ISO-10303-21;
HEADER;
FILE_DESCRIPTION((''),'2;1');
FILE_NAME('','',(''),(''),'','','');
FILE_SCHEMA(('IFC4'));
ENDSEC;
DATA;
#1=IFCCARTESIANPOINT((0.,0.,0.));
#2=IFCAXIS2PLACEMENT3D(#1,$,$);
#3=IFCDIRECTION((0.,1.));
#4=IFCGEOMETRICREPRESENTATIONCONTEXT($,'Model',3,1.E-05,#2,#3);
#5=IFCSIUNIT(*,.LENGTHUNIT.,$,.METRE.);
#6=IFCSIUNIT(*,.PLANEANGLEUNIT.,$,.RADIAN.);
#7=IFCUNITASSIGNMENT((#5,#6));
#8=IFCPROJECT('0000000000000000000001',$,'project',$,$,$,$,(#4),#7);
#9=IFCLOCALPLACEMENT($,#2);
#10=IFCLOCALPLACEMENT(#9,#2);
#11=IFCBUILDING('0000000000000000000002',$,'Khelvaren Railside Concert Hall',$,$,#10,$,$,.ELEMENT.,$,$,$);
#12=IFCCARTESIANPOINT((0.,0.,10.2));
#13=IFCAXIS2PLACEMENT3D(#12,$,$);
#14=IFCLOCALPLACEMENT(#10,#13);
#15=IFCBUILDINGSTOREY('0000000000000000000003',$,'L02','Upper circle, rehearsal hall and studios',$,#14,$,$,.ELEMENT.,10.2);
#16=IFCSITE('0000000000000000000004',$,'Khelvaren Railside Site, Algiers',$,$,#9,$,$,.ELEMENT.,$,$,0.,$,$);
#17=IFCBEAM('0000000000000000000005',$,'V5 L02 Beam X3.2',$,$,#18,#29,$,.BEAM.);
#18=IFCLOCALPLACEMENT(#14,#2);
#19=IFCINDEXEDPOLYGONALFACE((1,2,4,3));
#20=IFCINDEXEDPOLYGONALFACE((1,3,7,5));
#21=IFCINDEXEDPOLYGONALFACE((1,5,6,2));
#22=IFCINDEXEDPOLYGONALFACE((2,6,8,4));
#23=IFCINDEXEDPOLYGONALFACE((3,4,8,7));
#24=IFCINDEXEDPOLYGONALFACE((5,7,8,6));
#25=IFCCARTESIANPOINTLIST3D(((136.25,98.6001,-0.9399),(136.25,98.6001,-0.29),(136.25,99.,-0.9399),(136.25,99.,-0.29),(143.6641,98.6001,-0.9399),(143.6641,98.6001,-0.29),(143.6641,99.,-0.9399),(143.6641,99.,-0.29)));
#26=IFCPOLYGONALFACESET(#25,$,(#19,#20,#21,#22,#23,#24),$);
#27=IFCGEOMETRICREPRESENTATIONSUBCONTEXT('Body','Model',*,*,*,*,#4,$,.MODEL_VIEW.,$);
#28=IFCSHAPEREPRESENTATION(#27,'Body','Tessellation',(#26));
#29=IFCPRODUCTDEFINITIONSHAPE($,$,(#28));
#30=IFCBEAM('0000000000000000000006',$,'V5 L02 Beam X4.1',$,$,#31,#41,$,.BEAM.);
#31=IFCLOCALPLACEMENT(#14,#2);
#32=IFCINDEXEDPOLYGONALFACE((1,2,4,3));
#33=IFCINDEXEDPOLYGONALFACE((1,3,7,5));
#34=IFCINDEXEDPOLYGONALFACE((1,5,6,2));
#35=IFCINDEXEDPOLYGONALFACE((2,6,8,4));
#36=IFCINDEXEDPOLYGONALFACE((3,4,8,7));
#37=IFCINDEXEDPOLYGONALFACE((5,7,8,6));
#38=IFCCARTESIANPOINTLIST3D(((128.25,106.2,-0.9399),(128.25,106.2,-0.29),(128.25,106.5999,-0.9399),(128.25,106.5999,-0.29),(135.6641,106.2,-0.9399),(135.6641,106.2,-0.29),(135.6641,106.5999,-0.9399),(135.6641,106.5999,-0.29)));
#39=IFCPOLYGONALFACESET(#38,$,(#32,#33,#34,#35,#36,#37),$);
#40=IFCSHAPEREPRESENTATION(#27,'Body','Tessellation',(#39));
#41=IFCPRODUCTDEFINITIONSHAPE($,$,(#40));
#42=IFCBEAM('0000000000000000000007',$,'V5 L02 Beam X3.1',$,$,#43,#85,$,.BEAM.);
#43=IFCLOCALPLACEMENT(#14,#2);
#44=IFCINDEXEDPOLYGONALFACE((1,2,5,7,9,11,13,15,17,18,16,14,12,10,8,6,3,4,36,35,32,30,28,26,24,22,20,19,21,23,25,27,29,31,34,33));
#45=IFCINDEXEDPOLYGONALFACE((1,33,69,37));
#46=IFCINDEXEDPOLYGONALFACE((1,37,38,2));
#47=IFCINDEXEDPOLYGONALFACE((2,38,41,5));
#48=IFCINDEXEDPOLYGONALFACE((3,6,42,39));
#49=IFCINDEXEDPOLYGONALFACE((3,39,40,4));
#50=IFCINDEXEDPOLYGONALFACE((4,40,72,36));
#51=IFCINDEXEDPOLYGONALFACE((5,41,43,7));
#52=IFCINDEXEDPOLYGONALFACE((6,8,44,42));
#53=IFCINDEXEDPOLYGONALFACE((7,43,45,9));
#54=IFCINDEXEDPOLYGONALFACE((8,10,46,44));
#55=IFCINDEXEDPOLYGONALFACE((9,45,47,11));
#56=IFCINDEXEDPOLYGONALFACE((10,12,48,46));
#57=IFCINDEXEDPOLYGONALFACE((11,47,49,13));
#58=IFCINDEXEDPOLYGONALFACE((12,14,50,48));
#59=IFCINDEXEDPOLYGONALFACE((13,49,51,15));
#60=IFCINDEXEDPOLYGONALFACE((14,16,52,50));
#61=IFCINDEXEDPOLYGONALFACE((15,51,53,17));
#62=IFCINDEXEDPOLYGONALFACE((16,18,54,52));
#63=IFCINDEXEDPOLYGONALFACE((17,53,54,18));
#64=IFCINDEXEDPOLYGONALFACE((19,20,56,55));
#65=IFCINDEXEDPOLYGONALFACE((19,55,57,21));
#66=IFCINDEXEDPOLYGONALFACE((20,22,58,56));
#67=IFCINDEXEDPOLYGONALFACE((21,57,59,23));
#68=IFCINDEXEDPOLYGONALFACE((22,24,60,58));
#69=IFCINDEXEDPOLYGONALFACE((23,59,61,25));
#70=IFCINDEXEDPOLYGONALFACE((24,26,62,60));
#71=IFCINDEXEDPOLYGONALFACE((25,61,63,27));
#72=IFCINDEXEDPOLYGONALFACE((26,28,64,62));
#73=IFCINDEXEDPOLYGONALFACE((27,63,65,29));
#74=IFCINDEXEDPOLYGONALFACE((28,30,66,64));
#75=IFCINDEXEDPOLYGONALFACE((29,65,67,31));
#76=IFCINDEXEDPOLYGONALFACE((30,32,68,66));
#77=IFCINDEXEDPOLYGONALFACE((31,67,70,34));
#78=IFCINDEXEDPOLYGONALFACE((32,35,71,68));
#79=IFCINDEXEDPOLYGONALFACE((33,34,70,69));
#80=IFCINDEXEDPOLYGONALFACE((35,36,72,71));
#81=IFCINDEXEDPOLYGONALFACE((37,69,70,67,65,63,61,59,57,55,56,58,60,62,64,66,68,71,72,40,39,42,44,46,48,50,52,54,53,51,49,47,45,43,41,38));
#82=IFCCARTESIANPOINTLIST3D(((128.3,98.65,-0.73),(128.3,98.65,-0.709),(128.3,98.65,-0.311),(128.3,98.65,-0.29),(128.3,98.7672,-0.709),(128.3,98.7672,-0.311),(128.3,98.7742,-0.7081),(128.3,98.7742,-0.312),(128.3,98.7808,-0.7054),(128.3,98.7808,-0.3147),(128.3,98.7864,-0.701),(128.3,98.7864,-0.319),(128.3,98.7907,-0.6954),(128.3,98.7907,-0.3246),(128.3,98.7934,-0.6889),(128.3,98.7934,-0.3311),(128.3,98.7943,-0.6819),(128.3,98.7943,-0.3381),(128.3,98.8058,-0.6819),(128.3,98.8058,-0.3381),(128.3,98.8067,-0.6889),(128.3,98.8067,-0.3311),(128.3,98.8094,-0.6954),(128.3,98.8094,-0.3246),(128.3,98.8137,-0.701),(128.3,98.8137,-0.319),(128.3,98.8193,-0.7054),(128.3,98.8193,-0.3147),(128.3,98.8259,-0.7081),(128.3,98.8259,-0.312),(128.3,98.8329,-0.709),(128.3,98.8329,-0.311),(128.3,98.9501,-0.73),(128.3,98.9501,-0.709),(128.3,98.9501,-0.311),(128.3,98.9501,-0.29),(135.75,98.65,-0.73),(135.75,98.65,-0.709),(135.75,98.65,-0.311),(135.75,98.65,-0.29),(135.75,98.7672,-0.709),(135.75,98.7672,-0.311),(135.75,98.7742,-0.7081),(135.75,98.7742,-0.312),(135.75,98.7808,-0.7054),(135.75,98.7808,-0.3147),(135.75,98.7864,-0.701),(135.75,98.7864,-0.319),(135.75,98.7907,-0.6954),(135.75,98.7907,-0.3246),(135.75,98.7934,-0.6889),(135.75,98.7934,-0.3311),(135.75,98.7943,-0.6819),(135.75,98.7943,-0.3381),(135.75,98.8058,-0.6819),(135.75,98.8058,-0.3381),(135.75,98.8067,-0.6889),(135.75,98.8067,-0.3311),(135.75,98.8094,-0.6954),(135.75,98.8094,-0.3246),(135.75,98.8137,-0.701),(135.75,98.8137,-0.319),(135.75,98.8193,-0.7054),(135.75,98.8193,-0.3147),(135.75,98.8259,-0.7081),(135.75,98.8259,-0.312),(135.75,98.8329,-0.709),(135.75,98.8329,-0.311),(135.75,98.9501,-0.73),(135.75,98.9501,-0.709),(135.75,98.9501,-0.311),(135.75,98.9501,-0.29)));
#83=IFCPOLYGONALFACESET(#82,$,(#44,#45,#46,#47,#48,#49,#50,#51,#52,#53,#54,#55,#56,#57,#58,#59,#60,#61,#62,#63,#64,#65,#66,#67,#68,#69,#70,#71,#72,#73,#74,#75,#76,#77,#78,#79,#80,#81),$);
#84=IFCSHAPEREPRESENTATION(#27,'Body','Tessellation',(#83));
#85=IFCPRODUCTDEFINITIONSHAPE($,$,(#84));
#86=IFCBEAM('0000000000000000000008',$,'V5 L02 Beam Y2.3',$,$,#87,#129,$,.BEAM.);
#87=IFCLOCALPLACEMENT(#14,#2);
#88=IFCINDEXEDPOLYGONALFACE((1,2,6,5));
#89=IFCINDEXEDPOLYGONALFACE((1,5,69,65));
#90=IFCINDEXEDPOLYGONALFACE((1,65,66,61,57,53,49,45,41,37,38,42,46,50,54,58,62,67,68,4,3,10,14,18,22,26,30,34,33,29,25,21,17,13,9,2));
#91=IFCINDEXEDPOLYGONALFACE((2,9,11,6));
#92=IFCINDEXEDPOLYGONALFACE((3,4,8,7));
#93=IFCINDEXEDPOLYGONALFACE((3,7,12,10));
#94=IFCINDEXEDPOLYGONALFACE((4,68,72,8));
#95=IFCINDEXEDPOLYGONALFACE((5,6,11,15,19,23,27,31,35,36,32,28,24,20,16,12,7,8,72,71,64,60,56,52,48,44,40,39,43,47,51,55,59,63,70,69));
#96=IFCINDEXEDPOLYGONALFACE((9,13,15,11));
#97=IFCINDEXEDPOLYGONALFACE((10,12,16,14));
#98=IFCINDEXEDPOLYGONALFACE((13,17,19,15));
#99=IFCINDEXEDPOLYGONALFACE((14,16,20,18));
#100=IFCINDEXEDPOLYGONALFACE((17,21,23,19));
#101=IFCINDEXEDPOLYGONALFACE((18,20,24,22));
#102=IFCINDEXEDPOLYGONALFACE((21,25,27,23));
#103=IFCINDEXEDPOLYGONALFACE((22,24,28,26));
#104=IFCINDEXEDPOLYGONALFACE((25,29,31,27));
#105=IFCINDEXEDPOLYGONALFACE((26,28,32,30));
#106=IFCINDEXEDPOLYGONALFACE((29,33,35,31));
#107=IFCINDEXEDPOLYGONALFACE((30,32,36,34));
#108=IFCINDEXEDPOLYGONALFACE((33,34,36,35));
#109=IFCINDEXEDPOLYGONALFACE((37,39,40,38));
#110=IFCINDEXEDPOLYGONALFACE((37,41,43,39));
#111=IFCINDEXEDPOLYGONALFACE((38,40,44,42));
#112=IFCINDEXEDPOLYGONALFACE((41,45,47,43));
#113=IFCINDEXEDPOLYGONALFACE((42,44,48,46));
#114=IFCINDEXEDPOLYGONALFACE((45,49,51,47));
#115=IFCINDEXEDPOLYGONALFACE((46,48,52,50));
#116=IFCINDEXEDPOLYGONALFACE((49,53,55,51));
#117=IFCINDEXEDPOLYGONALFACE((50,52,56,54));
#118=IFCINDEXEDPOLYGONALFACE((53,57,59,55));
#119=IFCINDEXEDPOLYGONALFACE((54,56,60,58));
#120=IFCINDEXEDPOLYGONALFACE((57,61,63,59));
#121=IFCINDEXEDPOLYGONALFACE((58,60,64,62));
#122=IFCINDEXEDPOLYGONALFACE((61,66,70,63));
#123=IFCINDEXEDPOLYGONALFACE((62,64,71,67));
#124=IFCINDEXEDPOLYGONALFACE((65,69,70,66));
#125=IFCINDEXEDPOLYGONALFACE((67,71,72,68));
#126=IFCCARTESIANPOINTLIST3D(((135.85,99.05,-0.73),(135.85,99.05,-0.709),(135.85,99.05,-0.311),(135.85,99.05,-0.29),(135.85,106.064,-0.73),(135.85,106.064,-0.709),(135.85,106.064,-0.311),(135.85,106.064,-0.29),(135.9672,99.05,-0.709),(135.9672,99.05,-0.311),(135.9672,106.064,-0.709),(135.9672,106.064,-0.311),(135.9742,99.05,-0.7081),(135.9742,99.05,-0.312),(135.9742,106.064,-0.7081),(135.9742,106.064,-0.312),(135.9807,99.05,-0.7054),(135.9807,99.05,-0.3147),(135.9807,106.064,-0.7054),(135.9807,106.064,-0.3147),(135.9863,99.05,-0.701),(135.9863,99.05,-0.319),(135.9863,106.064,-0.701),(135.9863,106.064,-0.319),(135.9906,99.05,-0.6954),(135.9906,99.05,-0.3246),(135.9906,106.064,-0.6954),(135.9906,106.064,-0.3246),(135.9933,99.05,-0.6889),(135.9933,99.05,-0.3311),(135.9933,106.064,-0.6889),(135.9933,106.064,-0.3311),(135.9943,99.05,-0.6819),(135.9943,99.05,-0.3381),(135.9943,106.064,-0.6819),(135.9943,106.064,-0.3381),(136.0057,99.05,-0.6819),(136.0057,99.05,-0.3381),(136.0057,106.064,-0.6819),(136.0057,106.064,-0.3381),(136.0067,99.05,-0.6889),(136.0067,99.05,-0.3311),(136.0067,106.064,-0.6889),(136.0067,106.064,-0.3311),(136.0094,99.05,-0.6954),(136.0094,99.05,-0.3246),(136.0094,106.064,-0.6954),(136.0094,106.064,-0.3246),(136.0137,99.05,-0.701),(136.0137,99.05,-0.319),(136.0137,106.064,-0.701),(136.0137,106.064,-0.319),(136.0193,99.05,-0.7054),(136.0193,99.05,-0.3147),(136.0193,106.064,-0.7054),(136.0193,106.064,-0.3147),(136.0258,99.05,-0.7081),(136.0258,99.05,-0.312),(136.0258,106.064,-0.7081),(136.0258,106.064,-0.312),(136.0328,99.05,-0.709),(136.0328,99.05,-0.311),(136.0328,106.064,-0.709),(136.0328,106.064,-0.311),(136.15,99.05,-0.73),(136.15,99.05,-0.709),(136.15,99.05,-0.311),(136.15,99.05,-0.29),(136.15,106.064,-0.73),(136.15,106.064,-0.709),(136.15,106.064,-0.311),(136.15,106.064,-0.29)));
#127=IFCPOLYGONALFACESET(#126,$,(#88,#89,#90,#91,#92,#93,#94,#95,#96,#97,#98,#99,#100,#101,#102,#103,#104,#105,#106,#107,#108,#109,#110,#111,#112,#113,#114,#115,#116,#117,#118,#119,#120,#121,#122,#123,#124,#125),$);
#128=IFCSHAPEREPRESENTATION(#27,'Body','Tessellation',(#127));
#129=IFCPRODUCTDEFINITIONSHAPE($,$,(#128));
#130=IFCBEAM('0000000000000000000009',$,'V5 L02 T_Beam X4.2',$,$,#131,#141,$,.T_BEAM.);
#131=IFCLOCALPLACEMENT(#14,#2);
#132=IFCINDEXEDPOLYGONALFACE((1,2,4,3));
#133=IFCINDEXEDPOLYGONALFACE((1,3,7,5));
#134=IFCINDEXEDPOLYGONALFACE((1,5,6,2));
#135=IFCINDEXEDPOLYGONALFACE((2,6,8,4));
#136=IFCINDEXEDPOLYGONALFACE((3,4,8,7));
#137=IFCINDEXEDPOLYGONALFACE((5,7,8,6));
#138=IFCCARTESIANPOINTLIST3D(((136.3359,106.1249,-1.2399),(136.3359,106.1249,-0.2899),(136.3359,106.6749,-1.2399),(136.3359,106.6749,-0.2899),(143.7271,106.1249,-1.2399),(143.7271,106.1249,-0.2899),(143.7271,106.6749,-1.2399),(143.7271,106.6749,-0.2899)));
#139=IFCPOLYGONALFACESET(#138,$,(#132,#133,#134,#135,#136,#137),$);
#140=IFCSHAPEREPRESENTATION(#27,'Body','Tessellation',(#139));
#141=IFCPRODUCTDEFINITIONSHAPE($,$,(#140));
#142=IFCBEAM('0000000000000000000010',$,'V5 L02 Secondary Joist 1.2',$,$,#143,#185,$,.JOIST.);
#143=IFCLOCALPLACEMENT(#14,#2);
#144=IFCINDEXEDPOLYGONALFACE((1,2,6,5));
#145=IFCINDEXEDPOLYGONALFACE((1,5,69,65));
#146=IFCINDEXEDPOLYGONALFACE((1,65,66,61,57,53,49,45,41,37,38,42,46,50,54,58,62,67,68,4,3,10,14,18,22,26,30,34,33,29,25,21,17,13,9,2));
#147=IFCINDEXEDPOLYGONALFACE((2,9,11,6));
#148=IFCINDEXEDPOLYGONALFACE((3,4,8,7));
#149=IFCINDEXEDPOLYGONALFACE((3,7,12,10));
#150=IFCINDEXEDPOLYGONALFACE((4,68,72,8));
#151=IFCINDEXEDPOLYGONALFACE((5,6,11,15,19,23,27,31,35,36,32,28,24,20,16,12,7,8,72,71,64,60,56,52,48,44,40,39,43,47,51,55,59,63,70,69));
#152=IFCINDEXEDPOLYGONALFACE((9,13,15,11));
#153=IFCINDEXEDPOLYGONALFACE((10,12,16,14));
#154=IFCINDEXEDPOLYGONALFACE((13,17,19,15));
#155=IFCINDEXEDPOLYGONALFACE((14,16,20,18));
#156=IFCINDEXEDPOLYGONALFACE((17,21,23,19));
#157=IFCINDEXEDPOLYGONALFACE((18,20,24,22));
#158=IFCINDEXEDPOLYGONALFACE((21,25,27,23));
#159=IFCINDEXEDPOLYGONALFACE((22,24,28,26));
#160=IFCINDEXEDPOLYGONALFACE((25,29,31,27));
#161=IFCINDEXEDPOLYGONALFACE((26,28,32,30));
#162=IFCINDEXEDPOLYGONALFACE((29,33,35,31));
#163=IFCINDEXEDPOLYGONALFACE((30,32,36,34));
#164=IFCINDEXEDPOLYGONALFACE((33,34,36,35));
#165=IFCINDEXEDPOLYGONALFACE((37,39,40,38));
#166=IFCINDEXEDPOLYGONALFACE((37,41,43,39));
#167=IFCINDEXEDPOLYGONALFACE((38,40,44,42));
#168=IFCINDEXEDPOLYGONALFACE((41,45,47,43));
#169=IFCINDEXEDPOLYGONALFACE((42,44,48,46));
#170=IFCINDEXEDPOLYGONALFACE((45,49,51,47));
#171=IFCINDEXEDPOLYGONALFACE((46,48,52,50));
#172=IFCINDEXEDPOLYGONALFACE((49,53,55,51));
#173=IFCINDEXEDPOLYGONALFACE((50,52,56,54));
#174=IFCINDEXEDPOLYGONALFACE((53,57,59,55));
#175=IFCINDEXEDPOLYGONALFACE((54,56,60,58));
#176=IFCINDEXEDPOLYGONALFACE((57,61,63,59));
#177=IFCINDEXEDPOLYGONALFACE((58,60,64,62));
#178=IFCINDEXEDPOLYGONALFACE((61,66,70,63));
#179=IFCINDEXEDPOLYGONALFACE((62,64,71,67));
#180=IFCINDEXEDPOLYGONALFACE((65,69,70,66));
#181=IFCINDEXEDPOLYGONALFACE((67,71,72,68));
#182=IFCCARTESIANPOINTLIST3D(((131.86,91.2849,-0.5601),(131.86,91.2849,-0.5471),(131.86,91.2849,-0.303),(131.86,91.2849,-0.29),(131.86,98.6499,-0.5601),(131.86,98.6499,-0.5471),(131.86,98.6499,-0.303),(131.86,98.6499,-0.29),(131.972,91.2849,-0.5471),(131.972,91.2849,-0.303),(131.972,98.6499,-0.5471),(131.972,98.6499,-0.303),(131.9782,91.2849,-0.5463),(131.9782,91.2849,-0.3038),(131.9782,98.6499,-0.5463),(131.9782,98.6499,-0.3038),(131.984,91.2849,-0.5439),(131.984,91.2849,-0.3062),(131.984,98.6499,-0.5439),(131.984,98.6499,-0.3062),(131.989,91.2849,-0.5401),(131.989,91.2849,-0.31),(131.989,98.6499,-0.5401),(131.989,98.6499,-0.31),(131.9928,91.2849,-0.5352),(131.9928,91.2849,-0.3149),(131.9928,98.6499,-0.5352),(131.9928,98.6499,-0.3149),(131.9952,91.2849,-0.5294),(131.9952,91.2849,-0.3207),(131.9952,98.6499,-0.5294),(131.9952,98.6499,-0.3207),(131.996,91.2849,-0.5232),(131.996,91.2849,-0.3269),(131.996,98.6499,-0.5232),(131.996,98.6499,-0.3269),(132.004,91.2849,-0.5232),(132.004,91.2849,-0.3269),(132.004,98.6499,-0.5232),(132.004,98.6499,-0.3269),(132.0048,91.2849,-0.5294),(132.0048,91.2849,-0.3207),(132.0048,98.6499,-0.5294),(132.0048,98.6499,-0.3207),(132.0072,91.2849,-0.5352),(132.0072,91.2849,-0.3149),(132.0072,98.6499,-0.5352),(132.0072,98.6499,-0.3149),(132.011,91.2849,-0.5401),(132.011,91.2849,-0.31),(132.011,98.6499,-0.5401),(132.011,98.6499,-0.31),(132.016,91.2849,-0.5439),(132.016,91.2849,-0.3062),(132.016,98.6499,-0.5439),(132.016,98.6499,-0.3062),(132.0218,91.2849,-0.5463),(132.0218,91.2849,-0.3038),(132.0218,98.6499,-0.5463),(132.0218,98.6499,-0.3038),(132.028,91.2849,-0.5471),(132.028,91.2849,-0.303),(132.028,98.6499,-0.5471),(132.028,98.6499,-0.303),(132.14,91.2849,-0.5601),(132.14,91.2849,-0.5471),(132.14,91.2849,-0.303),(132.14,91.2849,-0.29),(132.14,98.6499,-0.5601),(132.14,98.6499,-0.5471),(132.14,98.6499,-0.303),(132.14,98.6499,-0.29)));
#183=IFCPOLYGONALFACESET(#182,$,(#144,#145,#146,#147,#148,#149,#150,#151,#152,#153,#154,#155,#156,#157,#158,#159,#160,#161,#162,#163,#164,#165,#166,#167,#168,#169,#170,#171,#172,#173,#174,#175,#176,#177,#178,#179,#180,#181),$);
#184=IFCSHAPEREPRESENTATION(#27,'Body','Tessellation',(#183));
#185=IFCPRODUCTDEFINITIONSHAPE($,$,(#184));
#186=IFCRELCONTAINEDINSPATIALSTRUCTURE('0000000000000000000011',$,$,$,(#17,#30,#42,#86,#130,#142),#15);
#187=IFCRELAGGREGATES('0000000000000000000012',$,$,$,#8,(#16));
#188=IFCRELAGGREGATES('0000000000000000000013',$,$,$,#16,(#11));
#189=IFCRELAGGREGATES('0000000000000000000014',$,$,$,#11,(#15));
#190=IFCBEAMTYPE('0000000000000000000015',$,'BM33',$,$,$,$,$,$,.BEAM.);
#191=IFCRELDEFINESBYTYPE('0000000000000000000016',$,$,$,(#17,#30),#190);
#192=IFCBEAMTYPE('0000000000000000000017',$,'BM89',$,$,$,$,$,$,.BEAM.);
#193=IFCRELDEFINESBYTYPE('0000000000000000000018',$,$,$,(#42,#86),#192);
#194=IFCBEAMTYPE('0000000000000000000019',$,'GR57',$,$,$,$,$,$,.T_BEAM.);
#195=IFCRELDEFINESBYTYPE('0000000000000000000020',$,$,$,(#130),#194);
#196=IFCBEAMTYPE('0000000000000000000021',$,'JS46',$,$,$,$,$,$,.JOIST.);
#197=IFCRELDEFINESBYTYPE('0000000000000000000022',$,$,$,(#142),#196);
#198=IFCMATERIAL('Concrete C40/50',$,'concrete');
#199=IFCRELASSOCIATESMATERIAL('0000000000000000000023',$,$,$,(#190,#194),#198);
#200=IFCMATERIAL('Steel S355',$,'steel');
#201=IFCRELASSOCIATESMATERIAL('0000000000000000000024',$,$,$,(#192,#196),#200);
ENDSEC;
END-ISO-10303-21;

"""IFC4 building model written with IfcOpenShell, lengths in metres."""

from ifc_helpers import new_model, si_unit, direction, frame, origin, origin_2d, place, context, subcontext, project, spatial, rectangle, i_section, extrude, material, material_profile, profile_set, type_object, element, save


model = new_model("IFC4")

# Units and contexts
model_context = context("Model", 3, precision=1e-05, world=origin(), true_north=direction((0.0, 1.0)))
body_context = subcontext(model_context, "Body", "Model", "MODEL_VIEW")
ifc_project = project(units=[si_unit("LENGTHUNIT", "METRE"), si_unit("PLANEANGLEUNIT", "RADIAN")], contexts=[model_context])

# Site, building, storey
site_placement = place(None, origin())
site = spatial("IfcSite", under=ifc_project, at=site_placement, Name="Khelvaren Railside Site, Algiers", CompositionType="ELEMENT", RefElevation=0.0)
building_placement = place(site_placement, origin())
building = spatial("IfcBuilding", under=site, at=building_placement, Name="Khelvaren Railside Concert Hall", CompositionType="ELEMENT")
storey_placement = place(building_placement, frame((0.0, 0.0, 10.2)))
storey = spatial("IfcBuildingStorey", under=building, at=storey_placement, Name="L02", Description="Upper circle, rehearsal hall and studios", CompositionType="ELEMENT", Elevation=10.2)

# Beams
ifc_material_1 = material(Name="Steel S355", Category="steel")
ifc_material_2 = material(Name="Concrete C40/50", Category="concrete")
ifc_material_profile_1 = material_profile(ifc_material_2, rectangle(XDim=0.3999, YDim=0.6499, at=origin_2d()), Name="RCB 400x650")
ifc_profile_set_1 = profile_set([ifc_material_profile_1], Name="Concrete C40/50")
beam_type_1 = type_object("IfcBeamType", Name="BM33", PredefinedType="BEAM", material=ifc_profile_set_1)
for number, where, z_axis, x_axis, name in (
    (1, (136.25, 98.8, -0.615), (1.0, 0.0, 0.0), (0.0, 1.0, 0.0), "V5 L02 Beam X3.2"),
    (2, (128.25, 106.3999, -0.615), (1.0, 0.0, 0.0), (0.0, 1.0, 0.0), "V5 L02 Beam X4.1"),
):
    element("IfcBeam", number, at=place(storey_placement, frame(where, z_axis=z_axis, x_axis=x_axis)), inside=storey, type_object=beam_type_1, Name=name, PredefinedType="BEAM", context=body_context, shape_type="SweptSolid", body=[
        extrude(rectangle(XDim=0.3999, YDim=0.6499, at=origin_2d()), origin(), (0.0, 0.0, 1.0), 7.4141),
    ])
ifc_material_profile_2 = material_profile(ifc_material_1, i_section(OverallWidth=0.3, OverallDepth=0.4399, WebThickness=0.0115, FlangeThickness=0.021, FilletRadius=0.0271, at=origin_2d()), Name="HEA 450")
ifc_profile_set_2 = profile_set([ifc_material_profile_2], Name="Steel S355")
beam_type_2 = type_object("IfcBeamType", Name="BM89", PredefinedType="BEAM", material=ifc_profile_set_2)
beam_1_placement = place(storey_placement, frame((128.3, 98.8, -0.51), z_axis=(1.0, 0.0, 0.0), x_axis=(0.0, 1.0, 0.0)))
element("IfcBeam", 3, at=beam_1_placement, inside=storey, type_object=beam_type_2, Name="V5 L02 Beam X3.1", PredefinedType="BEAM", context=body_context, shape_type="SweptSolid", body=[
    extrude(i_section(OverallWidth=0.3, OverallDepth=0.4399, WebThickness=0.0115, FlangeThickness=0.021, FilletRadius=0.0271, at=origin_2d()), origin(), (0.0, 0.0, 1.0), 7.45),
])
beam_2_placement = place(storey_placement, frame((136.0, 99.05, -0.51), z_axis=(0.0, 1.0, 0.0), x_axis=(-1.0, 0.0, 0.0)))
element("IfcBeam", 4, at=beam_2_placement, inside=storey, type_object=beam_type_2, Name="V5 L02 Beam Y2.3", PredefinedType="BEAM", context=body_context, shape_type="SweptSolid", body=[
    extrude(i_section(OverallWidth=0.3, OverallDepth=0.4399, WebThickness=0.0115, FlangeThickness=0.021, FilletRadius=0.0271, at=origin_2d()), origin(), (0.0, 0.0, 1.0), 7.0139),
])
ifc_material_profile_3 = material_profile(ifc_material_2, rectangle(XDim=0.55, YDim=0.95, at=origin_2d()), Name="RCB 550x950")
ifc_profile_set_3 = profile_set([ifc_material_profile_3], Name="Concrete C40/50")
beam_type_3 = type_object("IfcBeamType", Name="GR57", PredefinedType="T_BEAM", material=ifc_profile_set_3)
beam_3_placement = place(storey_placement, frame((136.3359, 106.3999, -0.7649), z_axis=(1.0, 0.0, 0.0), x_axis=(0.0, 1.0, 0.0)))
element("IfcBeam", 5, at=beam_3_placement, inside=storey, type_object=beam_type_3, Name="V5 L02 T_Beam X4.2", PredefinedType="T_BEAM", context=body_context, shape_type="SweptSolid", body=[
    extrude(rectangle(XDim=0.55, YDim=0.95, at=origin_2d()), origin(), (0.0, 0.0, 1.0), 7.3911),
])
ifc_material_profile_4 = material_profile(ifc_material_1, i_section(OverallWidth=0.28, OverallDepth=0.27, WebThickness=0.0081, FlangeThickness=0.0129, FilletRadius=0.0239, at=origin_2d()), Name="HEA 280")
ifc_profile_set_4 = profile_set([ifc_material_profile_4], Name="Steel S355")
beam_type_4 = type_object("IfcBeamType", Name="JS46", PredefinedType="JOIST", material=ifc_profile_set_4)
beam_4_placement = place(storey_placement, frame((132.0, 91.2849, -0.425), z_axis=(0.0, 1.0, 0.0), x_axis=(-1.0, 0.0, 0.0)))
element("IfcBeam", 6, at=beam_4_placement, inside=storey, type_object=beam_type_4, Name="V5 L02 Secondary Joist 1.2", PredefinedType="JOIST", context=body_context, shape_type="SweptSolid", body=[
    extrude(i_section(OverallWidth=0.28, OverallDepth=0.27, WebThickness=0.0081, FlangeThickness=0.0129, FilletRadius=0.0239, at=origin_2d()), origin(), (0.0, 0.0, 1.0), 7.365),
])

save(model, "model.ifc")
